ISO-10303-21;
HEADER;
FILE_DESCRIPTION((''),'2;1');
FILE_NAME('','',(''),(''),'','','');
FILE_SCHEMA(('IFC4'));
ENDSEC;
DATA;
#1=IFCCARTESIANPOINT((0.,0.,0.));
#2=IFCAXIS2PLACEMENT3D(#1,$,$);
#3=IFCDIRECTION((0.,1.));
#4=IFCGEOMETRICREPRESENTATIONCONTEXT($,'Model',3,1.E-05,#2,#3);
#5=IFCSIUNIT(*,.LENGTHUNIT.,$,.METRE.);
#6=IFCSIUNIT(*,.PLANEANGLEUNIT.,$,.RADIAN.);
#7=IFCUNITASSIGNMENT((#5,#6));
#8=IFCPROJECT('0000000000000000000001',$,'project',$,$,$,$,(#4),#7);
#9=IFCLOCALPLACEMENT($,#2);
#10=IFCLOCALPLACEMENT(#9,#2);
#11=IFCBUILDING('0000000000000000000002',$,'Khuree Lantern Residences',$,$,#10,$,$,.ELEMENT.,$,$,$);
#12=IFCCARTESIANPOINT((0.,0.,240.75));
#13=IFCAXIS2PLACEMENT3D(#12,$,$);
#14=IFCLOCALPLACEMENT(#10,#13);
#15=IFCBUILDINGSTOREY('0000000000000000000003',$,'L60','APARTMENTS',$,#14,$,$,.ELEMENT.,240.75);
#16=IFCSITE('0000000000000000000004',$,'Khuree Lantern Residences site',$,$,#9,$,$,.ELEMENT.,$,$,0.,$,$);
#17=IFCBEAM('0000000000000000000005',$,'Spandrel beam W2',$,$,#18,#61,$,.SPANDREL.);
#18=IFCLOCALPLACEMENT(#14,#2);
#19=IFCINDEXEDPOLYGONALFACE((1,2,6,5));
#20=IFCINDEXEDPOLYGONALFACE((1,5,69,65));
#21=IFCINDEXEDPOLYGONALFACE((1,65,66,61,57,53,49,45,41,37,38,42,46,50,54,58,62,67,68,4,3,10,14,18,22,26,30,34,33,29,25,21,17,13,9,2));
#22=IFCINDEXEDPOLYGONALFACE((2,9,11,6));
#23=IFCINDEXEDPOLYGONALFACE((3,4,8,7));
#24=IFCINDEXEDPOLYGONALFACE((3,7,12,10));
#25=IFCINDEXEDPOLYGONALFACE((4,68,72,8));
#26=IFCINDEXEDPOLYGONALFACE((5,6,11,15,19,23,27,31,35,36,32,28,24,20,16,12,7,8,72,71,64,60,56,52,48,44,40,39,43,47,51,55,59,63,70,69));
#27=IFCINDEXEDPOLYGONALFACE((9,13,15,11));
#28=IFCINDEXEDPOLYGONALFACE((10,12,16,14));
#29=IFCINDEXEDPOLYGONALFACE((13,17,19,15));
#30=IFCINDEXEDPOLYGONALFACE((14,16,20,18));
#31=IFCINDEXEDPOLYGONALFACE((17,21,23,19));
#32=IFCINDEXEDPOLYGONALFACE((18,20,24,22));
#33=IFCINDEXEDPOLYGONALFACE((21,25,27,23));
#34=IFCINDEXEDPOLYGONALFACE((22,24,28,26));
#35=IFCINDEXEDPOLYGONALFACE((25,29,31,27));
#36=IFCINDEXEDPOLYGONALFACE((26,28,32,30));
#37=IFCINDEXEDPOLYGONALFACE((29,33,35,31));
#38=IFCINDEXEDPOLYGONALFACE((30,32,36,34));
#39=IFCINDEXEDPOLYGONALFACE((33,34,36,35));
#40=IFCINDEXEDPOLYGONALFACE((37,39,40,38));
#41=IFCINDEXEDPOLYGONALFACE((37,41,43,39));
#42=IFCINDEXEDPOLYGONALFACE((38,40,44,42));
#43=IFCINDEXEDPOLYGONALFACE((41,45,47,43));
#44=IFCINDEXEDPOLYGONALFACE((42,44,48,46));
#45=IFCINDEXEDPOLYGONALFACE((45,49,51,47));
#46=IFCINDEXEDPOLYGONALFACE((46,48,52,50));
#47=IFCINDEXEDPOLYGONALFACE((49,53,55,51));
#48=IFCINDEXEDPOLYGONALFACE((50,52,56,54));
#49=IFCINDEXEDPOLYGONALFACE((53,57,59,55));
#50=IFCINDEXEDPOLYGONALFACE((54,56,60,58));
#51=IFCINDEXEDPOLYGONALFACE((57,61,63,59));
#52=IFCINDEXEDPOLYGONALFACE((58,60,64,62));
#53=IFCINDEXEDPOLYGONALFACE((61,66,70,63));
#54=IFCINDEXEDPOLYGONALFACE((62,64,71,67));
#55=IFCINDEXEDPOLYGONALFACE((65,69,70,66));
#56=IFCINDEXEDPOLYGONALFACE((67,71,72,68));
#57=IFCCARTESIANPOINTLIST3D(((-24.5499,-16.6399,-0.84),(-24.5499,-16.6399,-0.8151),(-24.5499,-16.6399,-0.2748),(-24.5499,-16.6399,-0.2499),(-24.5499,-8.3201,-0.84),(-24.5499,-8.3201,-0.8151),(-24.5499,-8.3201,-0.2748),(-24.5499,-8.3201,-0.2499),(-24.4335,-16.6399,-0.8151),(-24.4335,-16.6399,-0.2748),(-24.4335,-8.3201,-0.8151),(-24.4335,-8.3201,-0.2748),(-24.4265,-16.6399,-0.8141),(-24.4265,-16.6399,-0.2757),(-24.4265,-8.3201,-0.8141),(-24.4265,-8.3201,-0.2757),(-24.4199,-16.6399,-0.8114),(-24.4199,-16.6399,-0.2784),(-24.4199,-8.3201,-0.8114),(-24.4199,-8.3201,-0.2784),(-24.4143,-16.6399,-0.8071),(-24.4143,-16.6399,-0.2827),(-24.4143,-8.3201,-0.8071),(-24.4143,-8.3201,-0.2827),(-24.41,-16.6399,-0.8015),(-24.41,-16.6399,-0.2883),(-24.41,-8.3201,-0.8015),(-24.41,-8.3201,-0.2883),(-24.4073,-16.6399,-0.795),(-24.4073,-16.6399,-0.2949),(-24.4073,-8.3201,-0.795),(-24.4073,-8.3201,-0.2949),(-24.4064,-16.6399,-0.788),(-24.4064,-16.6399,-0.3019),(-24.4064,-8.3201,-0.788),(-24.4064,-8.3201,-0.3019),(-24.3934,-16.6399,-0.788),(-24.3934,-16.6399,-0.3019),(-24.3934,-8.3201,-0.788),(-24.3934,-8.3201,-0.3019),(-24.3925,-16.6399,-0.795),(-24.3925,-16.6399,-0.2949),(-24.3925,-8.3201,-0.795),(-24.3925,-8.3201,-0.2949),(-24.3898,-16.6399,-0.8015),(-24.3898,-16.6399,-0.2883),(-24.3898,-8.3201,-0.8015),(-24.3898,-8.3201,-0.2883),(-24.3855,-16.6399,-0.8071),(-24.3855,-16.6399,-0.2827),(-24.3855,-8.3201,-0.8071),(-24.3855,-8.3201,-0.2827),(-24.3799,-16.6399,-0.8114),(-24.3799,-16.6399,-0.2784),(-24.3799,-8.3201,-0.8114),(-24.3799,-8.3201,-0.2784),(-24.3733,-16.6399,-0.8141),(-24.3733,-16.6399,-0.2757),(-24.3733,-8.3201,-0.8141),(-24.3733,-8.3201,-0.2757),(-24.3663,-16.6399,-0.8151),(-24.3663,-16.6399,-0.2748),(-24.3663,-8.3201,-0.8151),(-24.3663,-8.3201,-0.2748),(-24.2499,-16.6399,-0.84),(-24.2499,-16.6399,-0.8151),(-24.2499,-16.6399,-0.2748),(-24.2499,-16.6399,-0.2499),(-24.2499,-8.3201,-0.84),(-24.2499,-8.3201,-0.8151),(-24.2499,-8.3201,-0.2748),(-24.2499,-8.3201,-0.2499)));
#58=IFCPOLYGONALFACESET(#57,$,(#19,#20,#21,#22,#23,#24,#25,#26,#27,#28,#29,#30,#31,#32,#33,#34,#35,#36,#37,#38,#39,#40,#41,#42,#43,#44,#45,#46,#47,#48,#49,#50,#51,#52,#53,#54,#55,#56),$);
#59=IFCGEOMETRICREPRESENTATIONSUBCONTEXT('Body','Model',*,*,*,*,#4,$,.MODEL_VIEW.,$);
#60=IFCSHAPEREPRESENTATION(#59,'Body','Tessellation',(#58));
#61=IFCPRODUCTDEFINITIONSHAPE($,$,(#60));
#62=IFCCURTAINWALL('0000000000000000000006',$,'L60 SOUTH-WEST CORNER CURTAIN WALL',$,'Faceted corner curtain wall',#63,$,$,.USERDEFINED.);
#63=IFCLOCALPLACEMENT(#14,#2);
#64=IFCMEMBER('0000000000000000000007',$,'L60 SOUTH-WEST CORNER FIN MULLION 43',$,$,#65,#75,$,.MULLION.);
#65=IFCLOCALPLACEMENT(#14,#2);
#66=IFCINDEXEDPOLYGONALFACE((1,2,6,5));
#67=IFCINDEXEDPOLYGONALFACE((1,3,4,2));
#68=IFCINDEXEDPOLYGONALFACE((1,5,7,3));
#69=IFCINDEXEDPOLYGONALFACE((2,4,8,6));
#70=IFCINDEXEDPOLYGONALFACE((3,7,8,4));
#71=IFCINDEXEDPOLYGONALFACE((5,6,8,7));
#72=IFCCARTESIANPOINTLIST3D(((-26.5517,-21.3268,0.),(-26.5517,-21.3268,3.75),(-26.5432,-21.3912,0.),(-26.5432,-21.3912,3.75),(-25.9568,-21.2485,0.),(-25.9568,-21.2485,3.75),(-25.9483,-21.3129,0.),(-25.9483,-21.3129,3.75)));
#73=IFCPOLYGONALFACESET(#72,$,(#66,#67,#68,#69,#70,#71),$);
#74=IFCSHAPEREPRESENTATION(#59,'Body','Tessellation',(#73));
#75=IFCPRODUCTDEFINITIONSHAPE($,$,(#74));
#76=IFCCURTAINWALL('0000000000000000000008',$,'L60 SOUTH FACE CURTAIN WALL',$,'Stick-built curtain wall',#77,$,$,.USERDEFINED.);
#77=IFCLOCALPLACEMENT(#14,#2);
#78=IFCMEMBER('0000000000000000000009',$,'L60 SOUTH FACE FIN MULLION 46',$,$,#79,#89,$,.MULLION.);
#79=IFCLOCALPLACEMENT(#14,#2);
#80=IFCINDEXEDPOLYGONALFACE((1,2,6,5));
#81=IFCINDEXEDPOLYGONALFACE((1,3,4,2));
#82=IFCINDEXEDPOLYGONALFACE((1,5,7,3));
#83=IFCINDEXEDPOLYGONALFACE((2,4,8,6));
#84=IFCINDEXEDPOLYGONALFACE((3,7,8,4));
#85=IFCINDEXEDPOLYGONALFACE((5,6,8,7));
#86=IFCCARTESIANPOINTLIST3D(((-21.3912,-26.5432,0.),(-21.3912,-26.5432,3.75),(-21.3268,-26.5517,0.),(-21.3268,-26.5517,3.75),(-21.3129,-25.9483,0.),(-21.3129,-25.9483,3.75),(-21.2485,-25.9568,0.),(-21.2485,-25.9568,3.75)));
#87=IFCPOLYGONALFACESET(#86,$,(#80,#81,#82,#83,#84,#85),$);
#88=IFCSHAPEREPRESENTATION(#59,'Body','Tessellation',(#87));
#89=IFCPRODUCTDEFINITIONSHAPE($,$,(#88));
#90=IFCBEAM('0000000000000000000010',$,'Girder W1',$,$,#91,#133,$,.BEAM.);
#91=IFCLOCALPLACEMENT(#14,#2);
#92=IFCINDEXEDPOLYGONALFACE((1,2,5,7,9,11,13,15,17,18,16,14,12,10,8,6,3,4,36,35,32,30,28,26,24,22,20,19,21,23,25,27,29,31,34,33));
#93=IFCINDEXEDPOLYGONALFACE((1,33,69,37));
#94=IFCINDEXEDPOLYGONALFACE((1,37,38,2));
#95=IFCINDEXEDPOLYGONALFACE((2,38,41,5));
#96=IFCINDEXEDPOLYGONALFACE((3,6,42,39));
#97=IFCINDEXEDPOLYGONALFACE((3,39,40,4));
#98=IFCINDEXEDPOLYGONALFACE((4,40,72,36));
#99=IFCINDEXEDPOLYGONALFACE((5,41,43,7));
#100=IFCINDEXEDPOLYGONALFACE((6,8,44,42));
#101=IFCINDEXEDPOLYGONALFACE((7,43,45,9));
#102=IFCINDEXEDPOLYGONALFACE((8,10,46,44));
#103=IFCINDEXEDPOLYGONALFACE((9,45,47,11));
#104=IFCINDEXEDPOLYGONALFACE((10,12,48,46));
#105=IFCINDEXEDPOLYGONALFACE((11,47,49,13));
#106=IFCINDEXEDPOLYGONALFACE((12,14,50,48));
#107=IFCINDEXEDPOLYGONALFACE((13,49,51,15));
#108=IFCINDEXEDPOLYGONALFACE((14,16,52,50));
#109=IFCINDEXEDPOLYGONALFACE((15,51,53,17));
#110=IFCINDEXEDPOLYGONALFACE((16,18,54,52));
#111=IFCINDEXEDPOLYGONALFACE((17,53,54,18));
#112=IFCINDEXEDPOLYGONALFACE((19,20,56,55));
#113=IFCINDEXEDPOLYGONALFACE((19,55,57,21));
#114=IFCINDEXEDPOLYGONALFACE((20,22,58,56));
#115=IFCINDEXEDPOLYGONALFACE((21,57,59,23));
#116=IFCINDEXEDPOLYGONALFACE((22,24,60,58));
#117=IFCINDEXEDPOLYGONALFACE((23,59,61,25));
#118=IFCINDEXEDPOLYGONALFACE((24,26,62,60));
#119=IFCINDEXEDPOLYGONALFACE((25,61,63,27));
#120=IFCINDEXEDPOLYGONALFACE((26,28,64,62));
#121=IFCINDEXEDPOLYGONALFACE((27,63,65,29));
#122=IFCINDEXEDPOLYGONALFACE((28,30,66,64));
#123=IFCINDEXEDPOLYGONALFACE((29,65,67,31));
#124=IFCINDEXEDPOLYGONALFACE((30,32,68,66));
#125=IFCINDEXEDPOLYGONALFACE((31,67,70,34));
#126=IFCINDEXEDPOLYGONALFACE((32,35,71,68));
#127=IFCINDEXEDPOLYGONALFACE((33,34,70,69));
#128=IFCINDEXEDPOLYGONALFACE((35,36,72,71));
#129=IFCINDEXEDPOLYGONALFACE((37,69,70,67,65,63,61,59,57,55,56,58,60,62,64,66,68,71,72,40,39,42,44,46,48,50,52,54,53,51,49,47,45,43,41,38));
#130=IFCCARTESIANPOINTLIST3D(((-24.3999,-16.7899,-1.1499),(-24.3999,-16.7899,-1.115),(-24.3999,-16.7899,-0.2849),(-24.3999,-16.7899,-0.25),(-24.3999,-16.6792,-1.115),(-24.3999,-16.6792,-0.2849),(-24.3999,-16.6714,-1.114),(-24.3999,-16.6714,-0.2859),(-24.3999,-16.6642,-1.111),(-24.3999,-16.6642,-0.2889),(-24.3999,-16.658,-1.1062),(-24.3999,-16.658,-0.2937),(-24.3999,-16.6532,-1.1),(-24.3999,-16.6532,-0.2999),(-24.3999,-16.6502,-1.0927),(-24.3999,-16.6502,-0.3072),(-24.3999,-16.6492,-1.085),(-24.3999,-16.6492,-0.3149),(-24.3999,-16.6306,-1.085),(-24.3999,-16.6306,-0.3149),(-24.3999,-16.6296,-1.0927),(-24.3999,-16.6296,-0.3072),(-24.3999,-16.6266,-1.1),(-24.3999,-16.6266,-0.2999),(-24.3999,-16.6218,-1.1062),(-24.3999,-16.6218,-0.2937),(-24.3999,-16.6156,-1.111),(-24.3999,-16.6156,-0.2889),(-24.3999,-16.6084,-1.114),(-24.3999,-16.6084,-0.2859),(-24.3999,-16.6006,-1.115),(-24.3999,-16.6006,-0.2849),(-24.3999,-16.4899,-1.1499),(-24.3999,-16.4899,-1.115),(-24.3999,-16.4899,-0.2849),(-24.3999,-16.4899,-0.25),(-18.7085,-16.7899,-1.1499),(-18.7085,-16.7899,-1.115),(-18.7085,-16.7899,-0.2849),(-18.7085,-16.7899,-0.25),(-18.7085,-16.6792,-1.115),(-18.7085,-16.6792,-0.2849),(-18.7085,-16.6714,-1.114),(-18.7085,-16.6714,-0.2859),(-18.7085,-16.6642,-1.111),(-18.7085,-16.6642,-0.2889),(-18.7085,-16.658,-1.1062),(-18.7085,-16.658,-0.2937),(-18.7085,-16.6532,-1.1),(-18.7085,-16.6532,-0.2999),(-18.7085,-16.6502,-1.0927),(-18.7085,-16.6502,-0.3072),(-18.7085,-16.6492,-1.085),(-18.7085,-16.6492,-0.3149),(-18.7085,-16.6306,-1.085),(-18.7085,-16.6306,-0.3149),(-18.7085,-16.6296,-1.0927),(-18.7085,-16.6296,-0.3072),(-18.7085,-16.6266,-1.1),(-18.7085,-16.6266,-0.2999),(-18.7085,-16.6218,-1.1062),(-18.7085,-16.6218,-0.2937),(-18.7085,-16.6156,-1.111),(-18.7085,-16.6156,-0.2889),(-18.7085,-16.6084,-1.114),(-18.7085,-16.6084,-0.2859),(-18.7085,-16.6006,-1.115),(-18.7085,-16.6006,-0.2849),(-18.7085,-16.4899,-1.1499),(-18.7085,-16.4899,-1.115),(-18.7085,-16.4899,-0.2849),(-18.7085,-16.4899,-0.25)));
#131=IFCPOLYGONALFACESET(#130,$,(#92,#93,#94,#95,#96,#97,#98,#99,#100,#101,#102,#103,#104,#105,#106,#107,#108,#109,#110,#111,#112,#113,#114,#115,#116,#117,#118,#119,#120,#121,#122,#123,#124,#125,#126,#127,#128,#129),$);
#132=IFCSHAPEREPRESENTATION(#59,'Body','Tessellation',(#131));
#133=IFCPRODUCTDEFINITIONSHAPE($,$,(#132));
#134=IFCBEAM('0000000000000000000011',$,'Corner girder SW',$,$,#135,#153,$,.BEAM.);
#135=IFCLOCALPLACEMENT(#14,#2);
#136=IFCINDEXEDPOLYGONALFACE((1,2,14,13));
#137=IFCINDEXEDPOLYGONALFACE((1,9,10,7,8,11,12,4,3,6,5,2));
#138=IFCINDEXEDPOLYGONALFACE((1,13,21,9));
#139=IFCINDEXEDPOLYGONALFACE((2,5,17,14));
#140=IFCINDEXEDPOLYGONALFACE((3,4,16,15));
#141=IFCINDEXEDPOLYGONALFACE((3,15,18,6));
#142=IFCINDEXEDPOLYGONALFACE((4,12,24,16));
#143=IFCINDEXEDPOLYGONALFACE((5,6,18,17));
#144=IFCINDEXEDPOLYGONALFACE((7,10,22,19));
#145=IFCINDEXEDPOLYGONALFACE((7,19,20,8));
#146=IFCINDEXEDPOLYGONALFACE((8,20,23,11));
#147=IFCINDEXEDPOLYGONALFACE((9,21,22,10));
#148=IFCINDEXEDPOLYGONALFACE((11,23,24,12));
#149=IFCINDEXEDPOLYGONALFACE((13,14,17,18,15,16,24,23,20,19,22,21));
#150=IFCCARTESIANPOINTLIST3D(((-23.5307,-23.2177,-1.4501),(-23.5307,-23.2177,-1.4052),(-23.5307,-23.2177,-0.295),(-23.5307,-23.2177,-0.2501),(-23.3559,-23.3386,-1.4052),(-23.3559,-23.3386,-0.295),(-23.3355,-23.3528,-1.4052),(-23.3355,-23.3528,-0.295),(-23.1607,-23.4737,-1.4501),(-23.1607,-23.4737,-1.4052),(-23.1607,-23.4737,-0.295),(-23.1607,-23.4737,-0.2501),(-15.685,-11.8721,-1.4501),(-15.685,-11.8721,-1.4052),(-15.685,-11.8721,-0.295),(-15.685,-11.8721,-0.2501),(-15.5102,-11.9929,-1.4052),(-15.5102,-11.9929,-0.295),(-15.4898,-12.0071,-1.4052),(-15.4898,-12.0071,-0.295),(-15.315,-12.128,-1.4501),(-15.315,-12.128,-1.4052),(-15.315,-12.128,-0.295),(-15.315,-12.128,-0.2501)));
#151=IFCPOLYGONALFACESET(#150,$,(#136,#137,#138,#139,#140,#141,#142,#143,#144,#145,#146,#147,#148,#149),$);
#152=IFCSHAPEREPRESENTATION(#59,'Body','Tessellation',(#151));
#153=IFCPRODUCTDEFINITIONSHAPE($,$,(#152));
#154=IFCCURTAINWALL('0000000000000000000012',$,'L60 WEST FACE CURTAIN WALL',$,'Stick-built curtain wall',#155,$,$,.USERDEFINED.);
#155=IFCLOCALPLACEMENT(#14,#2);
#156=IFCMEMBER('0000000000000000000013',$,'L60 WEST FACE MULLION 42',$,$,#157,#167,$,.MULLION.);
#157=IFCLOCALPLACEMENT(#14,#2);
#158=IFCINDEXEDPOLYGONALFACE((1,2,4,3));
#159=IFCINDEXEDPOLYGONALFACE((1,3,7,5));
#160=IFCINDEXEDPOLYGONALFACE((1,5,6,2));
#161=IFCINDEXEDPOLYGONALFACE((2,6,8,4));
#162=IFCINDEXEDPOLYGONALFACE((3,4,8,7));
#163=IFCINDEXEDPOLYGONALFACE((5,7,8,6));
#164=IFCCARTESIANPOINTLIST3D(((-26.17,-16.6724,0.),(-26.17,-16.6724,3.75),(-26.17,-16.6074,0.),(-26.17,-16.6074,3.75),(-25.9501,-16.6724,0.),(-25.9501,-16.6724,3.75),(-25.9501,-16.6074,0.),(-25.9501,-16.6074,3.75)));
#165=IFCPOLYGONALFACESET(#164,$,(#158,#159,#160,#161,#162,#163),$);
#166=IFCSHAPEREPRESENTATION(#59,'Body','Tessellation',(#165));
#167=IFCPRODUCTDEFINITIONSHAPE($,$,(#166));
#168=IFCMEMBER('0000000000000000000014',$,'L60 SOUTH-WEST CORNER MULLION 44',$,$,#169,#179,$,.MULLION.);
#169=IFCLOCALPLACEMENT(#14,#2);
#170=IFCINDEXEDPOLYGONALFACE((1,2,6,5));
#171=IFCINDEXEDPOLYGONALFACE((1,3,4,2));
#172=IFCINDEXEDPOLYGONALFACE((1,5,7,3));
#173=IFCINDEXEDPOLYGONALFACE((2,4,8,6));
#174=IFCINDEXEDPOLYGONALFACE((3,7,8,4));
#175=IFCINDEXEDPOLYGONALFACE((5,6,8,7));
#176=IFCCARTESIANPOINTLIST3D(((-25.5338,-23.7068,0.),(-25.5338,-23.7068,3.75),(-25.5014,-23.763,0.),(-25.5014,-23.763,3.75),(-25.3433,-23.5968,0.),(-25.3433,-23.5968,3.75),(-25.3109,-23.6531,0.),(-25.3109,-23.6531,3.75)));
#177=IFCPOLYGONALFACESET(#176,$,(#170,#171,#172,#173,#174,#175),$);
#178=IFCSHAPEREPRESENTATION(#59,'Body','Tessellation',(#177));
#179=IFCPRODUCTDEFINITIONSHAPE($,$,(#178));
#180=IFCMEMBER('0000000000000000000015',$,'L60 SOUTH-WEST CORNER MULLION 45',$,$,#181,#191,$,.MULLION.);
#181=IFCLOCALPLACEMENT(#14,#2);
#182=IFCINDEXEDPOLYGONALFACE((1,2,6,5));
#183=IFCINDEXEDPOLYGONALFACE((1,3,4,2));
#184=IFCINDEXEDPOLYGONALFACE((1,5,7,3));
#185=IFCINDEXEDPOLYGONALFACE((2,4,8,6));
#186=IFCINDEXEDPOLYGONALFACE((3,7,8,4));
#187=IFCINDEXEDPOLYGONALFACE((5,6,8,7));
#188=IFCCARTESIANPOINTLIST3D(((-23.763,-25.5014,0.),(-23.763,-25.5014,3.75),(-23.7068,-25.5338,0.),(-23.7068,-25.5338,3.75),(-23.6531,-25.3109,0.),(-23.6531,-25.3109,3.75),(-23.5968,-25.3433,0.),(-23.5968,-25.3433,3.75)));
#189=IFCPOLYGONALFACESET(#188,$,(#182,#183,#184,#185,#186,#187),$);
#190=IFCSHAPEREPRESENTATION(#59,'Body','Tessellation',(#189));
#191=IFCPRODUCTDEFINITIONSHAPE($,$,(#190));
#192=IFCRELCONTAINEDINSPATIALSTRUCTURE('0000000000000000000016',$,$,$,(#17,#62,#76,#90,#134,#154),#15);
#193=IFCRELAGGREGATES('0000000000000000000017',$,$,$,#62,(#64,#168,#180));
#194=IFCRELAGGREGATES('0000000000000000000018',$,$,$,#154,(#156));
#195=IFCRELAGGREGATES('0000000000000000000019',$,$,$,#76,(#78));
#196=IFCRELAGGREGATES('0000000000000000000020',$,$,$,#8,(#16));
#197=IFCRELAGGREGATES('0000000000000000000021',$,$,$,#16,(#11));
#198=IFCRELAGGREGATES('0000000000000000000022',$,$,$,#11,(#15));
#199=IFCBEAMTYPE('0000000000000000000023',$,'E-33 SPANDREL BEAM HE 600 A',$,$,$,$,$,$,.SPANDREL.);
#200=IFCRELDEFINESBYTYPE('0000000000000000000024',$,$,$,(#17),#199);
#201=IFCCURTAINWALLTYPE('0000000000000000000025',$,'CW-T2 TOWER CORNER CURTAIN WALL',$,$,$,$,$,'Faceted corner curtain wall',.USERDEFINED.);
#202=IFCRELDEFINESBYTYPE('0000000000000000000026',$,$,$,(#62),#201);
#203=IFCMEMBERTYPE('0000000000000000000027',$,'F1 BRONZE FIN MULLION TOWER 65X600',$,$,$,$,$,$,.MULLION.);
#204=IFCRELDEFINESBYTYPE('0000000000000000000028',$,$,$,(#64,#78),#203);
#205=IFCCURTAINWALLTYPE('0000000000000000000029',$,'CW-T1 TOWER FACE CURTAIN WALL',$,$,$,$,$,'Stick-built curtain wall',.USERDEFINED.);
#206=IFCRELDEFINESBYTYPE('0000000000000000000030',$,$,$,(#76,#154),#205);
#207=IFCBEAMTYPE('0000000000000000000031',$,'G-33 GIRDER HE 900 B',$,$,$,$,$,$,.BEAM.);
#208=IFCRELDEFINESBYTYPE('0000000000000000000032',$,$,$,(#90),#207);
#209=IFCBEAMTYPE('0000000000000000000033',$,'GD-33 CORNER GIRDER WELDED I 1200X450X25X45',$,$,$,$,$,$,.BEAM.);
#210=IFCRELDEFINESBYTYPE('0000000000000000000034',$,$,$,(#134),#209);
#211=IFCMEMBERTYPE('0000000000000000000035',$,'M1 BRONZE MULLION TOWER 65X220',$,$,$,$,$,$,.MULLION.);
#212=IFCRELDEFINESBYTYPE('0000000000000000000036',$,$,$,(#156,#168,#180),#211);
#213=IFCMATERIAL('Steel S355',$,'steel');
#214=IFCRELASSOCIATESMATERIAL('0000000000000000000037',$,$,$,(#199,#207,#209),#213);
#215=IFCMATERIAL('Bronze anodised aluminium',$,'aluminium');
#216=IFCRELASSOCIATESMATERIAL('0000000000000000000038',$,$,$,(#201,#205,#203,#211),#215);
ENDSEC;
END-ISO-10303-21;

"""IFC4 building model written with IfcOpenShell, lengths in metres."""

from ifc_helpers import new_model, si_unit, direction, frame, origin, origin_2d, place, context, subcontext, project, spatial, rectangle, i_section, extrude, material, material_profile, profile_set, type_object, element, aggregate, save


model = new_model("IFC4")

# Units and contexts
model_context = context("Model", 3, precision=1e-05, world=origin(), true_north=direction((0.0, 1.0)))
body_context = subcontext(model_context, "Body", "Model", "MODEL_VIEW")
ifc_project = project(units=[si_unit("LENGTHUNIT", "METRE"), si_unit("PLANEANGLEUNIT", "RADIAN")], contexts=[model_context])

# Site, building, storey
site_placement = place(None, origin())
site = spatial("IfcSite", under=ifc_project, at=site_placement, Name="Khuree Lantern Residences site", CompositionType="ELEMENT", RefElevation=0.0)
building_placement = place(site_placement, origin())
building = spatial("IfcBuilding", under=site, at=building_placement, Name="Khuree Lantern Residences", CompositionType="ELEMENT")
storey_placement = place(building_placement, frame((0.0, 0.0, 240.75)))
storey = spatial("IfcBuildingStorey", under=building, at=storey_placement, Name="L60", Description="APARTMENTS", CompositionType="ELEMENT", Elevation=240.75)

# Beam
ifc_material_1 = material(Name="Steel S355", Category="steel")
ifc_material_profile_1 = material_profile(ifc_material_1, i_section(OverallWidth=0.3, OverallDepth=0.5901, WebThickness=0.0129, FlangeThickness=0.0249, FilletRadius=0.0271, at=origin_2d()), Name="HE 600 A")
ifc_profile_set_1 = profile_set([ifc_material_profile_1], Name="Steel S355")
beam_type_1 = type_object("IfcBeamType", Name="E-33 SPANDREL BEAM HE 600 A", PredefinedType="SPANDREL", material=ifc_profile_set_1)
beam_1_placement = place(storey_placement, frame((-24.3999, -16.6399, -0.5449), z_axis=(0.0, 1.0, 0.0), x_axis=(-1.0, 0.0, 0.0)))
element("IfcBeam", 1, at=beam_1_placement, inside=storey, type_object=beam_type_1, Name="Spandrel beam W2", PredefinedType="SPANDREL", context=body_context, shape_type="SweptSolid", body=[
    extrude(i_section(OverallWidth=0.3, OverallDepth=0.5901, WebThickness=0.0129, FlangeThickness=0.0249, FilletRadius=0.0271, at=origin_2d()), origin(), (0.0, 0.0, 1.0), 8.3198),
])

# Curtain walls, members
ifc_material_2 = material(Name="Bronze anodised aluminium", Category="aluminium")
curtain_wall_type_1 = type_object("IfcCurtainWallType", Name="CW-T2 TOWER CORNER CURTAIN WALL", ElementType="Faceted corner curtain wall", PredefinedType="USERDEFINED", material=ifc_material_2)
curtain_wall_1_placement = place(storey_placement, origin())
curtain_wall_1 = element("IfcCurtainWall", 2, at=curtain_wall_1_placement, inside=storey, type_object=curtain_wall_type_1, Name="L60 SOUTH-WEST CORNER CURTAIN WALL", ObjectType="Faceted corner curtain wall", PredefinedType="USERDEFINED")
ifc_material_profile_2 = material_profile(ifc_material_2, rectangle(XDim=0.0649, YDim=0.6001, at=origin_2d()), Name="F1 65X600")
ifc_profile_set_2 = profile_set([ifc_material_profile_2], Name="Bronze anodised aluminium")
member_type_1 = type_object("IfcMemberType", Name="F1 BRONZE FIN MULLION TOWER 65X600", PredefinedType="MULLION", material=ifc_profile_set_2)
member_1_placement = place(storey_placement, frame((-26.25, -21.3198, 0.0), z_axis=(0.0, 0.0, 1.0), x_axis=(0.130526, -0.991445, 0.0)))
member_1 = element("IfcMember", 3, at=member_1_placement, type_object=member_type_1, Name="L60 SOUTH-WEST CORNER FIN MULLION 43", PredefinedType="MULLION", context=body_context, shape_type="SweptSolid", body=[
    extrude(rectangle(XDim=0.0649, YDim=0.6001, at=origin_2d()), origin(), (0.0, 0.0, 1.0), 3.75),
])
curtain_wall_type_2 = type_object("IfcCurtainWallType", Name="CW-T1 TOWER FACE CURTAIN WALL", ElementType="Stick-built curtain wall", PredefinedType="USERDEFINED", material=ifc_material_2)
curtain_wall_2_placement = place(storey_placement, origin())
curtain_wall_2 = element("IfcCurtainWall", 4, at=curtain_wall_2_placement, inside=storey, type_object=curtain_wall_type_2, Name="L60 SOUTH FACE CURTAIN WALL", ObjectType="Stick-built curtain wall", PredefinedType="USERDEFINED")
member_2_placement = place(storey_placement, frame((-21.3198, -26.25, 0.0), z_axis=(0.0, 0.0, 1.0), x_axis=(0.991445, -0.130526, 0.0)))
member_2 = element("IfcMember", 5, at=member_2_placement, type_object=member_type_1, Name="L60 SOUTH FACE FIN MULLION 46", PredefinedType="MULLION", context=body_context, shape_type="SweptSolid", body=[
    extrude(rectangle(XDim=0.0649, YDim=0.6001, at=origin_2d()), origin(), (0.0, 0.0, 1.0), 3.75),
])

# Beams
ifc_material_profile_3 = material_profile(ifc_material_1, i_section(OverallWidth=0.3, OverallDepth=0.8999, WebThickness=0.0186, FlangeThickness=0.0349, FilletRadius=0.03, at=origin_2d()), Name="HE 900 B")
ifc_profile_set_3 = profile_set([ifc_material_profile_3], Name="Steel S355")
beam_type_2 = type_object("IfcBeamType", Name="G-33 GIRDER HE 900 B", PredefinedType="BEAM", material=ifc_profile_set_3)
beam_2_placement = place(storey_placement, frame((-24.3999, -16.6399, -0.7), z_axis=(1.0, 0.0, 0.0), x_axis=(0.0, 1.0, 0.0)))
element("IfcBeam", 6, at=beam_2_placement, inside=storey, type_object=beam_type_2, Name="Girder W1", PredefinedType="BEAM", context=body_context, shape_type="SweptSolid", body=[
    extrude(i_section(OverallWidth=0.3, OverallDepth=0.8999, WebThickness=0.0186, FlangeThickness=0.0349, FilletRadius=0.03, at=origin_2d()), origin(), (0.0, 0.0, 1.0), 5.6914),
])
ifc_material_profile_4 = material_profile(ifc_material_1, i_section(OverallWidth=0.45, OverallDepth=1.2, WebThickness=0.0249, FlangeThickness=0.0449, at=origin_2d()), Name="WELDED I 1200X450X25X45")
ifc_profile_set_4 = profile_set([ifc_material_profile_4], Name="Steel S355")
beam_type_3 = type_object("IfcBeamType", Name="GD-33 CORNER GIRDER WELDED I 1200X450X25X45", PredefinedType="BEAM", material=ifc_profile_set_4)
beam_3_placement = place(storey_placement, frame((-23.3457, -23.3457, -0.8501), z_axis=(0.568768, 0.822498, 0.0), x_axis=(-0.822498, 0.568768, 0.0)))
element("IfcBeam", 7, at=beam_3_placement, inside=storey, type_object=beam_type_3, Name="Corner girder SW", PredefinedType="BEAM", context=body_context, shape_type="SweptSolid", body=[
    extrude(i_section(OverallWidth=0.45, OverallDepth=1.2, WebThickness=0.0249, FlangeThickness=0.0449, at=origin_2d()), origin(), (0.0, 0.0, 1.0), 13.7942),
])

# Curtain wall, member
curtain_wall_3_placement = place(storey_placement, origin())
curtain_wall_3 = element("IfcCurtainWall", 8, at=curtain_wall_3_placement, inside=storey, type_object=curtain_wall_type_2, Name="L60 WEST FACE CURTAIN WALL", ObjectType="Stick-built curtain wall", PredefinedType="USERDEFINED")
ifc_material_profile_5 = material_profile(ifc_material_2, rectangle(XDim=0.0649, YDim=0.22, at=origin_2d()), Name="M1 65X220")
ifc_profile_set_5 = profile_set([ifc_material_profile_5], Name="Bronze anodised aluminium")
member_type_2 = type_object("IfcMemberType", Name="M1 BRONZE MULLION TOWER 65X220", PredefinedType="MULLION", material=ifc_profile_set_5)
member_3_placement = place(storey_placement, frame((-26.0601, -16.6399, 0.0), z_axis=(0.0, 0.0, 1.0), x_axis=(0.0, -1.0, 0.0)))
member_3 = element("IfcMember", 9, at=member_3_placement, type_object=member_type_2, Name="L60 WEST FACE MULLION 42", PredefinedType="MULLION", context=body_context, shape_type="SweptSolid", body=[
    extrude(rectangle(XDim=0.0649, YDim=0.22, at=origin_2d()), origin(), (0.0, 0.0, 1.0), 3.75),
])

# Members
member_4_placement = place(storey_placement, frame((-25.4224, -23.6799, 0.0), z_axis=(0.0, 0.0, 1.0), x_axis=(0.5, -0.866025, 0.0)))
member_4 = element("IfcMember", 10, at=member_4_placement, type_object=member_type_2, Name="L60 SOUTH-WEST CORNER MULLION 44", PredefinedType="MULLION", context=body_context, shape_type="SweptSolid", body=[
    extrude(rectangle(XDim=0.0649, YDim=0.22, at=origin_2d()), origin(), (0.0, 0.0, 1.0), 3.75),
])
member_5_placement = place(storey_placement, frame((-23.6799, -25.4224, 0.0), z_axis=(0.0, 0.0, 1.0), x_axis=(0.866025, -0.5, 0.0)))
member_5 = element("IfcMember", 11, at=member_5_placement, type_object=member_type_2, Name="L60 SOUTH-WEST CORNER MULLION 45", PredefinedType="MULLION", context=body_context, shape_type="SweptSolid", body=[
    extrude(rectangle(XDim=0.0649, YDim=0.22, at=origin_2d()), origin(), (0.0, 0.0, 1.0), 3.75),
])

aggregate(curtain_wall_1, [member_1, member_4, member_5])
aggregate(curtain_wall_3, [member_3])
aggregate(curtain_wall_2, [member_2])

save(model, "model.ifc")
